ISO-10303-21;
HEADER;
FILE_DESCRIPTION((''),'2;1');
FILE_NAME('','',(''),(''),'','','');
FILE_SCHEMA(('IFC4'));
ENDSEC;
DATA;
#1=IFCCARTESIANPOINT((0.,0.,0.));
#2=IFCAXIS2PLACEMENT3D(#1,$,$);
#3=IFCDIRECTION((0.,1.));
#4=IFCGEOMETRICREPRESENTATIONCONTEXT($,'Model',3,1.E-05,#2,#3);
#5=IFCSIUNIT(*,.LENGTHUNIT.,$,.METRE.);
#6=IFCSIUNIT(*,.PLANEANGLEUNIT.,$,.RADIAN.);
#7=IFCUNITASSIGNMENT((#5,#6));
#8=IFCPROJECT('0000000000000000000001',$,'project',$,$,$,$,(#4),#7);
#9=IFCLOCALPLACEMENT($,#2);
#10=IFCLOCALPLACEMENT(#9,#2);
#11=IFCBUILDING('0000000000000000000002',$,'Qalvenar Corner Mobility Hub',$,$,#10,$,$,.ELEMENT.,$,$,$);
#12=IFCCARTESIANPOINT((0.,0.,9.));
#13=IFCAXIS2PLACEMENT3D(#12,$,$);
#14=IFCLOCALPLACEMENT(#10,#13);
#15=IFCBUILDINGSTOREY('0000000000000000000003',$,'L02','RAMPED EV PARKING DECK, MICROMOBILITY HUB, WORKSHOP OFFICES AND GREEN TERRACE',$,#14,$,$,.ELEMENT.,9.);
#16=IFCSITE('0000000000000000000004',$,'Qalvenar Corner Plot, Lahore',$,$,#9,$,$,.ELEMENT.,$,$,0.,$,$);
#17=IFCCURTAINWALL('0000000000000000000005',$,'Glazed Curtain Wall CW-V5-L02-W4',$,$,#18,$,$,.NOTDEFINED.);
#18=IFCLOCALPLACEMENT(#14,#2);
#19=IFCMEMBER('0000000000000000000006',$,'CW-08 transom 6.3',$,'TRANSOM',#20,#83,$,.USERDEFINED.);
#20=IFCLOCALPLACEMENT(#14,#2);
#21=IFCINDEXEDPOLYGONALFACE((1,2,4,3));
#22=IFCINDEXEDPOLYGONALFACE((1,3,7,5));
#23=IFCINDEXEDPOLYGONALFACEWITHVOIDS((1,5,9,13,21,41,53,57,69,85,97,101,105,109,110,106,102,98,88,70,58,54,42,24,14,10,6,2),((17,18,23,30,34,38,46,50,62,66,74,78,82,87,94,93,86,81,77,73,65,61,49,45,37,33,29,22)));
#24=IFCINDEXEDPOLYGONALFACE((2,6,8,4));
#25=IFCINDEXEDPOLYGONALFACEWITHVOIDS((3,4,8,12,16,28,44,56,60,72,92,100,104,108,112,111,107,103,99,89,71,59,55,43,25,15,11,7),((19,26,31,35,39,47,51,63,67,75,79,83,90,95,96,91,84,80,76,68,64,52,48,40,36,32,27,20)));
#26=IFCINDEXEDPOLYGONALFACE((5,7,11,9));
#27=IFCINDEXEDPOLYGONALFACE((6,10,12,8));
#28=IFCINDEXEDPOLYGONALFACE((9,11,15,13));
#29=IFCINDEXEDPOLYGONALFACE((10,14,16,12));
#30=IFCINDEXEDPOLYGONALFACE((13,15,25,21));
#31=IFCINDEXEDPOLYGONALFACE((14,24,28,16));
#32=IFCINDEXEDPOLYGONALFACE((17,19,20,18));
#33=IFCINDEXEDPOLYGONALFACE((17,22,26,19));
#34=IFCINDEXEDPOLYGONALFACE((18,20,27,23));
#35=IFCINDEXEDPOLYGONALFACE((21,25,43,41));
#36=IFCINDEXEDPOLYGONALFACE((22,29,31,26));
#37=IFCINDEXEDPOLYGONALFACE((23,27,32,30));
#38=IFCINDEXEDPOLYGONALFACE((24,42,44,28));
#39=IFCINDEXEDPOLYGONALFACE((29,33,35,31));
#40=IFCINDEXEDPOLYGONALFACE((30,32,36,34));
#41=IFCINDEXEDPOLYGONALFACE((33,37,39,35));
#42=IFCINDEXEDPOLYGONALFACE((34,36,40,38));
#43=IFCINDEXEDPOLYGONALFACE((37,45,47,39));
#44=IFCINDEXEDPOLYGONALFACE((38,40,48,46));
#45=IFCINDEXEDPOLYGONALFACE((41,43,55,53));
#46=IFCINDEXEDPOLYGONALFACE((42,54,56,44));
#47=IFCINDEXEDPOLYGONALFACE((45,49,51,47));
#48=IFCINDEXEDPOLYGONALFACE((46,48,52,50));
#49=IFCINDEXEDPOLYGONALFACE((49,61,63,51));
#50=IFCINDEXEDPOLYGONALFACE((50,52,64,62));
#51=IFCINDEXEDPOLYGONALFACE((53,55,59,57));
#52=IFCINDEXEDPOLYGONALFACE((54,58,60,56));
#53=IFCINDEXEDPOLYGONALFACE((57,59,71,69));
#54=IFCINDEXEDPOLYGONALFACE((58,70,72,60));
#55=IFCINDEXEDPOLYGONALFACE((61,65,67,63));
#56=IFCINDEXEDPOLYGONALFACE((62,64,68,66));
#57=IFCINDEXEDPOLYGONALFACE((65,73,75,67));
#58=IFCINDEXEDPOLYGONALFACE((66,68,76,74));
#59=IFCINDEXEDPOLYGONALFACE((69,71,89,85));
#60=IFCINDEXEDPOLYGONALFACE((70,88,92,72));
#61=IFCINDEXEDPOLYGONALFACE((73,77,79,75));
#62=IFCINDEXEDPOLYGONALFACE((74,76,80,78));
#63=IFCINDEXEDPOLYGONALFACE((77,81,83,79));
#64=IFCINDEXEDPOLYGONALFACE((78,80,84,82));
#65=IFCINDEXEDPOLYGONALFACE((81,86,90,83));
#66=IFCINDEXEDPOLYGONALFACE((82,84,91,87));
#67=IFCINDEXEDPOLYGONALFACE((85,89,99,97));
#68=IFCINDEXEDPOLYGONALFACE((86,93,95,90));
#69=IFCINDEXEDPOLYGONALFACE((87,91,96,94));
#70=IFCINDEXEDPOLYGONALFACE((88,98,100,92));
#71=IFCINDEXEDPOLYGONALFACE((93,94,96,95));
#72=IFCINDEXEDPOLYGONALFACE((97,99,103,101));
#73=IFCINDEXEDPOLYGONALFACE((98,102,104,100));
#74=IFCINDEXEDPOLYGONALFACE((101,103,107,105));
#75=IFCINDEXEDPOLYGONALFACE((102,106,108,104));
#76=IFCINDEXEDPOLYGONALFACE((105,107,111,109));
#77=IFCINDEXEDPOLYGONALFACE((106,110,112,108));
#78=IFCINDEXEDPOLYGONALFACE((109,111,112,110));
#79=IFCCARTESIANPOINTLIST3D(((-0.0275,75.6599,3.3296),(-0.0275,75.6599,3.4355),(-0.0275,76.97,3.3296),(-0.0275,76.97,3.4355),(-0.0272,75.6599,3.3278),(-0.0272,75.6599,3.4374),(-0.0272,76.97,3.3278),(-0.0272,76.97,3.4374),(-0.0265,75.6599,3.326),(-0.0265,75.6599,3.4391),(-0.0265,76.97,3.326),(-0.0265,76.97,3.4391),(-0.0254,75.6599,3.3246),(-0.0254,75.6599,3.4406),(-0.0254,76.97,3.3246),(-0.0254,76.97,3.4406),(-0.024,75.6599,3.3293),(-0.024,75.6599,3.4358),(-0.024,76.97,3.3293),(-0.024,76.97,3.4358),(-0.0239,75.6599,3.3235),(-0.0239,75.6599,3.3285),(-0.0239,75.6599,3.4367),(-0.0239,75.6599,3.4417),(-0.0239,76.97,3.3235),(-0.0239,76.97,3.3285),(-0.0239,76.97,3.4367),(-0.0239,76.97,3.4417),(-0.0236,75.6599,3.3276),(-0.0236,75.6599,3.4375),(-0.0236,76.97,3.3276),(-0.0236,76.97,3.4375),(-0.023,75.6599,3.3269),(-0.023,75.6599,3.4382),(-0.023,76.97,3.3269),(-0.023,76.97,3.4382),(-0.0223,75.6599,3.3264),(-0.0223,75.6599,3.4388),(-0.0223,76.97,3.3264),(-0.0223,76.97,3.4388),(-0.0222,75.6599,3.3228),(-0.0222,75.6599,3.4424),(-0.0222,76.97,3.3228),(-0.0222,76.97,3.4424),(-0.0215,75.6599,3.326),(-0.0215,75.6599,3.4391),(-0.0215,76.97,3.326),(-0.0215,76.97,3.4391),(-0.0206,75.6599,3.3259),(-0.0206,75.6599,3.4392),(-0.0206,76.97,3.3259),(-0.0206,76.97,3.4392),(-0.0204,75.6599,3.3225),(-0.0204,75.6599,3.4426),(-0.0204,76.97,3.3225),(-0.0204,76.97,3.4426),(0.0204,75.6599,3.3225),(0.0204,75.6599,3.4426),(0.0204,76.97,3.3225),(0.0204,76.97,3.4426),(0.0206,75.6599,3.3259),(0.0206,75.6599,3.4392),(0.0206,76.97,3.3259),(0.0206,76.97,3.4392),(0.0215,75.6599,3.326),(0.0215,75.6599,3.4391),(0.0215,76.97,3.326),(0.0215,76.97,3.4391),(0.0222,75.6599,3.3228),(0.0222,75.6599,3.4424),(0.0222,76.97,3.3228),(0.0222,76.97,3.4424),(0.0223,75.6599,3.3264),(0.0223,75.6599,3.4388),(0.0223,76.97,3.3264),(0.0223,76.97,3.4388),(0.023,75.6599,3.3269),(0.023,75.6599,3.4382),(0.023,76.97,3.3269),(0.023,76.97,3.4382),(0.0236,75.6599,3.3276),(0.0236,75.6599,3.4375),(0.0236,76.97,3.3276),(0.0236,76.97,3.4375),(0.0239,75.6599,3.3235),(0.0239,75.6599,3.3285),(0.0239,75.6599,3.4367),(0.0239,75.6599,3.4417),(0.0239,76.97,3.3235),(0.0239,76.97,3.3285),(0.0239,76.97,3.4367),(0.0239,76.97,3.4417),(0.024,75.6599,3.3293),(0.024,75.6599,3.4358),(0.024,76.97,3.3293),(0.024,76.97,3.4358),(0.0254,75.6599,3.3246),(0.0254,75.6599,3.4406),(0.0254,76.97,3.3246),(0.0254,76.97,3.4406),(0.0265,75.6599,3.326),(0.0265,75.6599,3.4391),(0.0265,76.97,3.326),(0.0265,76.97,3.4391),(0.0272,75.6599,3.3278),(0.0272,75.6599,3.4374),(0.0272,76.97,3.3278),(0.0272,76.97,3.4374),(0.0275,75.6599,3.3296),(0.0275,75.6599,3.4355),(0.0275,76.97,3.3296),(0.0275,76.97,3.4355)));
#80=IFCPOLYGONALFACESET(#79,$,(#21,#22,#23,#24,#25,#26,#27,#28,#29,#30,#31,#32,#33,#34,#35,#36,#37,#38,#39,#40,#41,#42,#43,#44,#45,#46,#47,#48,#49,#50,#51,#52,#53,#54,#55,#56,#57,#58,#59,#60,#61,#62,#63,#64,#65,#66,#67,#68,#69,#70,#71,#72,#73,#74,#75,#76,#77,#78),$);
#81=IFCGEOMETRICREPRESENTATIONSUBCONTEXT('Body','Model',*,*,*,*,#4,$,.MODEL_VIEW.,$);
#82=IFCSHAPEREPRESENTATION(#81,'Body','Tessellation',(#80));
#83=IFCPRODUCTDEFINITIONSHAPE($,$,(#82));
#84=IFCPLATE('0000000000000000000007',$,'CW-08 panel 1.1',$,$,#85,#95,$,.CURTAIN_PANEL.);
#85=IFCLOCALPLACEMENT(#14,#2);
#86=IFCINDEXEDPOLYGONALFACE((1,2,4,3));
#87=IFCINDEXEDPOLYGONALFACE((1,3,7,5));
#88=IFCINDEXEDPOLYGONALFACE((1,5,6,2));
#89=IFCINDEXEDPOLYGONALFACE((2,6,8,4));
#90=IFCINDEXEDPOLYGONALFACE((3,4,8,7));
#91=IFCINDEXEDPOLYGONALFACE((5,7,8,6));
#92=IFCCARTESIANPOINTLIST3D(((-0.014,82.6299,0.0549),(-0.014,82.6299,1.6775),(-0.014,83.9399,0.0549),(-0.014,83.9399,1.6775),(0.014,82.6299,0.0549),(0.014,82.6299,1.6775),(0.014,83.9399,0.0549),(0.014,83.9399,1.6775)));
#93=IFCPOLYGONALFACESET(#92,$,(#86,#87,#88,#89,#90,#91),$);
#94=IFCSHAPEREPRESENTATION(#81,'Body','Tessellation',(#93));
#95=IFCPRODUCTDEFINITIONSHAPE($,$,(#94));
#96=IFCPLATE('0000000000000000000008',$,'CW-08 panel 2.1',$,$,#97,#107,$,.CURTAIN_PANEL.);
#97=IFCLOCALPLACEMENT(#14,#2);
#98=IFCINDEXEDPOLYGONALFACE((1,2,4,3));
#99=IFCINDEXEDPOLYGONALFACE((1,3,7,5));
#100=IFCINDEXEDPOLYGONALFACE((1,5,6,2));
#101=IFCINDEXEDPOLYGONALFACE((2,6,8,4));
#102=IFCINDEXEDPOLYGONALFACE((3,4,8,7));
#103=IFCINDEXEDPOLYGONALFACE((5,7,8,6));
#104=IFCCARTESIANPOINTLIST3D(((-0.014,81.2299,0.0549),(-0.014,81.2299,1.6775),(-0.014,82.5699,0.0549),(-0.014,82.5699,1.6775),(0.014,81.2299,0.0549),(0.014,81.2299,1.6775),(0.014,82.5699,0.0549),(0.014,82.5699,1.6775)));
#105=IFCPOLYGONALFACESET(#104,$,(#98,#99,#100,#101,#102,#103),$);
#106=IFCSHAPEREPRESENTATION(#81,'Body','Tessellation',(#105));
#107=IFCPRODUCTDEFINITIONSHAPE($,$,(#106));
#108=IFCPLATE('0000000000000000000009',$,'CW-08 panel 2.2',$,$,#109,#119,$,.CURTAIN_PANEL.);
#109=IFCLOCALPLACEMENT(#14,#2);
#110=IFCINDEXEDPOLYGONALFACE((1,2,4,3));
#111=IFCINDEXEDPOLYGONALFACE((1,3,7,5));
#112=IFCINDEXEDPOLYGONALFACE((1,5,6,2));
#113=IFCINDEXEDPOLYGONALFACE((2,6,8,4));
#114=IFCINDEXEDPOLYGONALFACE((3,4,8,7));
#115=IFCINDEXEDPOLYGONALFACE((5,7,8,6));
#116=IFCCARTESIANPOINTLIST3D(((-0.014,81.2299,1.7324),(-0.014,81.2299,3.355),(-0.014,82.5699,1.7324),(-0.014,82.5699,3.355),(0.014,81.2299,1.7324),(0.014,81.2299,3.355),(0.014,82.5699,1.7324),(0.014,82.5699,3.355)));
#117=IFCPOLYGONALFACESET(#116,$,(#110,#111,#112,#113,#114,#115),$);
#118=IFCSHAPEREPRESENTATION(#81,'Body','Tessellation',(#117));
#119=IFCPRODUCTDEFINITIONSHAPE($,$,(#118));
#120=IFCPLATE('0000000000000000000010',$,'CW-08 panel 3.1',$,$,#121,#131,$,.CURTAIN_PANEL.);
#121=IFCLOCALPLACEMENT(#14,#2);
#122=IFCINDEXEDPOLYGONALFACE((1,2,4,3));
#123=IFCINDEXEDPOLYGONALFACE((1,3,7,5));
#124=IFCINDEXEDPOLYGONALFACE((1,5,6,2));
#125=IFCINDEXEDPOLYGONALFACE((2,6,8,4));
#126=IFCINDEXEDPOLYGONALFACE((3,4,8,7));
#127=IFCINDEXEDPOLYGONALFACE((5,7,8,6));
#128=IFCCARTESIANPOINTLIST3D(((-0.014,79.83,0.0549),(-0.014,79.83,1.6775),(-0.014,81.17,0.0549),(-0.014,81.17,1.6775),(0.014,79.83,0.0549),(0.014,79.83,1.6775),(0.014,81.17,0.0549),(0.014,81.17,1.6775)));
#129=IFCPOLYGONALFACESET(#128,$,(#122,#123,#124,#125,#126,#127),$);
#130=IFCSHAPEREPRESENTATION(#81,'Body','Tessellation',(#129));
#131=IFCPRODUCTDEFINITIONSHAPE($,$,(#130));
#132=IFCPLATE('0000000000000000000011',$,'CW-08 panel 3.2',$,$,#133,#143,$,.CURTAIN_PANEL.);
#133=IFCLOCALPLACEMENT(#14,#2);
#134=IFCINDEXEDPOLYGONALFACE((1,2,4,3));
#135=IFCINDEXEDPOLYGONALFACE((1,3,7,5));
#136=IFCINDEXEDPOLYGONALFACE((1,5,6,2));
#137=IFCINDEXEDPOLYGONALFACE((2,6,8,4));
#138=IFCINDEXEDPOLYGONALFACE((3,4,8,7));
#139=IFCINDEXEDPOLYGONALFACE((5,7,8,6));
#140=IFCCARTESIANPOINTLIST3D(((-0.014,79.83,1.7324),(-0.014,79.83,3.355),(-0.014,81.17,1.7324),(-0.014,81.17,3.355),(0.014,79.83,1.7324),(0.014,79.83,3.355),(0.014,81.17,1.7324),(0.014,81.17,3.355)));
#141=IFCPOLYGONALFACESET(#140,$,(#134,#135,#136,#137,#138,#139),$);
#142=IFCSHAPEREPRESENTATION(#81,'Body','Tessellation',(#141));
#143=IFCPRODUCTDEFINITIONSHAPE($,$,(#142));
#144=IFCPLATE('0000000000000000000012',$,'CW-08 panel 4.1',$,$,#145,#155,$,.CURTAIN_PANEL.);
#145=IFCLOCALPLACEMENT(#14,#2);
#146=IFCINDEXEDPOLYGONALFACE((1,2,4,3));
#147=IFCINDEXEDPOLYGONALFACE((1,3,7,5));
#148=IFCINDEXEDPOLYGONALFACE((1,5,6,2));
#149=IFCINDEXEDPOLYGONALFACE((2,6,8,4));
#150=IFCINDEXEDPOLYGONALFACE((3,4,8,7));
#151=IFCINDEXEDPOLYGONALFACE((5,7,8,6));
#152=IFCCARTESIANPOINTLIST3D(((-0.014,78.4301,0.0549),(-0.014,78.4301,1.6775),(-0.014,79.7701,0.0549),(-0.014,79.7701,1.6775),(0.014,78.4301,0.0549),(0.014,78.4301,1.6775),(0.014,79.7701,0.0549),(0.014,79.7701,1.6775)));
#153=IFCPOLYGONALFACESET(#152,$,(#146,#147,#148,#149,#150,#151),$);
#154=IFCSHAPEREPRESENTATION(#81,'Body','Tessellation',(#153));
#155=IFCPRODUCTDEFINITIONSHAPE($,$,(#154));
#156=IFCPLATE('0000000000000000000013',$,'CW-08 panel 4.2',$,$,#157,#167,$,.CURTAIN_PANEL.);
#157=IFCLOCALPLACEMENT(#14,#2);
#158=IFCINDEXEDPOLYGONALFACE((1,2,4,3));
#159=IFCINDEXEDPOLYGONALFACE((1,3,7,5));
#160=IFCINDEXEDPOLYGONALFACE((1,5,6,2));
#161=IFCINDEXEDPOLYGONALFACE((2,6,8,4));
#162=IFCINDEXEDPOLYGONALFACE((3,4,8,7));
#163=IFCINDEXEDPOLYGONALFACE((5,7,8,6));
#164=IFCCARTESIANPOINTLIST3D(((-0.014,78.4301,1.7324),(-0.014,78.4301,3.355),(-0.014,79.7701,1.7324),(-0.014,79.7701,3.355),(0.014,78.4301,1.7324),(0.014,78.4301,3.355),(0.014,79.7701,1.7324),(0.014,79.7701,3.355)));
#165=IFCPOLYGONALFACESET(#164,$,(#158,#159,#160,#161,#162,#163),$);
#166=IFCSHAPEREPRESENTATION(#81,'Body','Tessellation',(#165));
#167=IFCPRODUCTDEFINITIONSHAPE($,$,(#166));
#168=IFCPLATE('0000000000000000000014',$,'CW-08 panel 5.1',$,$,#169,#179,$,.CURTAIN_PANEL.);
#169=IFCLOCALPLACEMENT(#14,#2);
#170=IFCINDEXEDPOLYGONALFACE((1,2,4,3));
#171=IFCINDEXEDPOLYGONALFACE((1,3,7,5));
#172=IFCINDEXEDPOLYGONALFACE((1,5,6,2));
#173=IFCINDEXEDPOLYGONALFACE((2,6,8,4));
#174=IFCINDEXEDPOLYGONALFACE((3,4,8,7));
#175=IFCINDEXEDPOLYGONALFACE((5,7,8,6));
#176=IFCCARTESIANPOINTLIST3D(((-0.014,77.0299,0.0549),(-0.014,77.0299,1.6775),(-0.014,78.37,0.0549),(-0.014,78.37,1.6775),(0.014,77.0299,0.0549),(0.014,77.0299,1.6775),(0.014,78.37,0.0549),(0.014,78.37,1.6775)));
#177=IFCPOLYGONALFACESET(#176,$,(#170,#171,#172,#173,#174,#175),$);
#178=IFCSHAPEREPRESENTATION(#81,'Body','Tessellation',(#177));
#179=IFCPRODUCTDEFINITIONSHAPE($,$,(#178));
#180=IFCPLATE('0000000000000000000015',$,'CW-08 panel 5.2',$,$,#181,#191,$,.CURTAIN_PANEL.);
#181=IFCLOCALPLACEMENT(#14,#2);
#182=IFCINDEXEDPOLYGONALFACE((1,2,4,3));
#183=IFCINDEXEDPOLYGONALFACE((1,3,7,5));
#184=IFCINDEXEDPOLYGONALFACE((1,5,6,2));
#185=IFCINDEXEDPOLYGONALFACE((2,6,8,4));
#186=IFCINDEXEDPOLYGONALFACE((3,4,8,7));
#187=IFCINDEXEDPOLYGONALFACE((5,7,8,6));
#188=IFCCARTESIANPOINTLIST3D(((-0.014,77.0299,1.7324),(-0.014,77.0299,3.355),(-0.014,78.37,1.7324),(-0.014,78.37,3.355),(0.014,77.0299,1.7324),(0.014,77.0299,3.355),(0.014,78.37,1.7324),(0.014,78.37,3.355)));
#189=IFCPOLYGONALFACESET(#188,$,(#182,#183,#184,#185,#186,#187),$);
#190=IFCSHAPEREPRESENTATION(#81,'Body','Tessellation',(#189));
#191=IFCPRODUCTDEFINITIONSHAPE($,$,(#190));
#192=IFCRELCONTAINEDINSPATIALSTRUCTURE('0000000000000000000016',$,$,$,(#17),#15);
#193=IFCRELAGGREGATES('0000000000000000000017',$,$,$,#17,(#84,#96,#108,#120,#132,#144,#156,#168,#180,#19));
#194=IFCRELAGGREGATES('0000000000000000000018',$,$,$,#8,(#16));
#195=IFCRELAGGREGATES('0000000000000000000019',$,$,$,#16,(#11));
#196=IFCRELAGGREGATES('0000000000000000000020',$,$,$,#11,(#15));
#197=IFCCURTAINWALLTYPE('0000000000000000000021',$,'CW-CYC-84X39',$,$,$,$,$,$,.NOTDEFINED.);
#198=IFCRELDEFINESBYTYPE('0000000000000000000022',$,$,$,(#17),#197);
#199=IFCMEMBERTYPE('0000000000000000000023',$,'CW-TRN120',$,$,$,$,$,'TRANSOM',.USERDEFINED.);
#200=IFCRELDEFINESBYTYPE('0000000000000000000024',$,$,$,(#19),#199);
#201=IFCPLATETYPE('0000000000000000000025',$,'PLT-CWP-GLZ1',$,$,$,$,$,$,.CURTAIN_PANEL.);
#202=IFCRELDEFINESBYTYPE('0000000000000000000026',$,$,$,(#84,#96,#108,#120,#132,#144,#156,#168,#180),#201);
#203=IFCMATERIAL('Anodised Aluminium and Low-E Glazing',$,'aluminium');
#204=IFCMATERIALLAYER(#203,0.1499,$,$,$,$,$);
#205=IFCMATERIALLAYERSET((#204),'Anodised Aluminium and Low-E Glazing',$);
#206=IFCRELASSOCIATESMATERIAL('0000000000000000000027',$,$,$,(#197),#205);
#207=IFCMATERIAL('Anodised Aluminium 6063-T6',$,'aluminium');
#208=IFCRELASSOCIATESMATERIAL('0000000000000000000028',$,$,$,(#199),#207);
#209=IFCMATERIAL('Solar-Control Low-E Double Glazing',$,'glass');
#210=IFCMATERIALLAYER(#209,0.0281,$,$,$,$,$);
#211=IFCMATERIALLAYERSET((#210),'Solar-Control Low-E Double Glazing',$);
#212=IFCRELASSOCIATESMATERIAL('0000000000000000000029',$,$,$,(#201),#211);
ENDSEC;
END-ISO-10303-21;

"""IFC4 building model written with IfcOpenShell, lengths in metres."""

from ifc_helpers import new_model, si_unit, direction, frame, origin, origin_2d, place, context, subcontext, project, spatial, rectangle, hollow_rectangle, extrude, material, layer, layer_set, material_profile, profile_set, type_object, element, aggregate, save


model = new_model("IFC4")

# Units and contexts
model_context = context("Model", 3, precision=1e-05, world=origin(), true_north=direction((0.0, 1.0)))
body_context = subcontext(model_context, "Body", "Model", "MODEL_VIEW")
ifc_project = project(units=[si_unit("LENGTHUNIT", "METRE"), si_unit("PLANEANGLEUNIT", "RADIAN")], contexts=[model_context])

# Site, building, storey
site_placement = place(None, origin())
site = spatial("IfcSite", under=ifc_project, at=site_placement, Name="Qalvenar Corner Plot, Lahore", CompositionType="ELEMENT", RefElevation=0.0)
building_placement = place(site_placement, origin())
building = spatial("IfcBuilding", under=site, at=building_placement, Name="Qalvenar Corner Mobility Hub", CompositionType="ELEMENT")
storey_placement = place(building_placement, frame((0.0, 0.0, 9.0)))
storey = spatial("IfcBuildingStorey", under=building, at=storey_placement, Name="L02", Description="RAMPED EV PARKING DECK, MICROMOBILITY HUB, WORKSHOP OFFICES AND GREEN TERRACE", CompositionType="ELEMENT", Elevation=9.0)

# Curtain wall, member, plates
ifc_material_1 = material(Name="Anodised Aluminium and Low-E Glazing", Category="aluminium")
ifc_layer_1 = layer(ifc_material_1, 0.1499)
ifc_layer_set_1 = layer_set([ifc_layer_1], Name="Anodised Aluminium and Low-E Glazing")
curtain_wall_type = type_object("IfcCurtainWallType", Name="CW-CYC-84X39", PredefinedType="NOTDEFINED", material=ifc_layer_set_1)
curtain_wall_placement = place(storey_placement, origin())
curtain_wall = element("IfcCurtainWall", 1, at=curtain_wall_placement, inside=storey, type_object=curtain_wall_type, Name="Glazed Curtain Wall CW-V5-L02-W4", PredefinedType="NOTDEFINED")
ifc_material_2 = material(Name="Anodised Aluminium 6063-T6", Category="aluminium")
ifc_material_profile_1 = material_profile(ifc_material_2, hollow_rectangle(XDim=0.0549, YDim=0.1201, WallThickness=0.0034, InnerFilletRadius=0.0034, OuterFilletRadius=0.0071, at=origin_2d()), Name="RHS120x55x3.5")
ifc_profile_set_1 = profile_set([ifc_material_profile_1], Name="Anodised Aluminium 6063-T6")
member_type_1 = type_object("IfcMemberType", Name="CW-TRN120", ElementType="TRANSOM", PredefinedType="USERDEFINED", material=ifc_profile_set_1)
member_1_placement = place(storey_placement, frame((0.0, 76.97, 3.3826), z_axis=(0.0, -1.0, 0.0), x_axis=(1.0, 0.0, 0.0)))
member_1 = element("IfcMember", 2, at=member_1_placement, type_object=member_type_1, Name="CW-08 transom 6.3", ObjectType="TRANSOM", PredefinedType="USERDEFINED", context=body_context, shape_type="SweptSolid", body=[
    extrude(hollow_rectangle(XDim=0.0549, YDim=0.1201, WallThickness=0.0034, InnerFilletRadius=0.0034, OuterFilletRadius=0.0071, at=origin_2d()), origin(), (0.0, 0.0, 1.0), 1.3101),
])
ifc_material_3 = material(Name="Solar-Control Low-E Double Glazing", Category="glass")
ifc_layer_2 = layer(ifc_material_3, 0.0281)
ifc_layer_set_2 = layer_set([ifc_layer_2], Name="Solar-Control Low-E Double Glazing")
plate_type = type_object("IfcPlateType", Name="PLT-CWP-GLZ1", PredefinedType="CURTAIN_PANEL", material=ifc_layer_set_2)
plate_1_placement = place(storey_placement, frame((0.0, 83.2849, 0.0549), z_axis=(0.0, 0.0, 1.0), x_axis=(0.0, -1.0, 0.0)))
plate_1 = element("IfcPlate", 3, at=plate_1_placement, type_object=plate_type, Name="CW-08 panel 1.1", PredefinedType="CURTAIN_PANEL", context=body_context, shape_type="SweptSolid", body=[
    extrude(rectangle(XDim=1.3101, YDim=0.0281, at=origin_2d()), origin(), (0.0, 0.0, 1.0), 1.6226),
])
plate_2_placement = place(storey_placement, frame((0.0, 81.8999, 0.0549), z_axis=(0.0, 0.0, 1.0), x_axis=(0.0, -1.0, 0.0)))
plate_2 = element("IfcPlate", 4, at=plate_2_placement, type_object=plate_type, Name="CW-08 panel 2.1", PredefinedType="CURTAIN_PANEL", context=body_context, shape_type="SweptSolid", body=[
    extrude(rectangle(XDim=1.3401, YDim=0.0281, at=origin_2d()), origin(), (0.0, 0.0, 1.0), 1.6226),
])
plate_3_placement = place(storey_placement, frame((0.0, 81.8999, 1.7324), z_axis=(0.0, 0.0, 1.0), x_axis=(0.0, -1.0, 0.0)))
plate_3 = element("IfcPlate", 5, at=plate_3_placement, type_object=plate_type, Name="CW-08 panel 2.2", PredefinedType="CURTAIN_PANEL", context=body_context, shape_type="SweptSolid", body=[
    extrude(rectangle(XDim=1.3401, YDim=0.0281, at=origin_2d()), origin(), (0.0, 0.0, 1.0), 1.6226),
])
plate_4_placement = place(storey_placement, frame((0.0, 80.5, 0.0549), z_axis=(0.0, 0.0, 1.0), x_axis=(0.0, -1.0, 0.0)))
plate_4 = element("IfcPlate", 6, at=plate_4_placement, type_object=plate_type, Name="CW-08 panel 3.1", PredefinedType="CURTAIN_PANEL", context=body_context, shape_type="SweptSolid", body=[
    extrude(rectangle(XDim=1.3401, YDim=0.0281, at=origin_2d()), origin(), (0.0, 0.0, 1.0), 1.6226),
])
plate_5_placement = place(storey_placement, frame((0.0, 80.5, 1.7324), z_axis=(0.0, 0.0, 1.0), x_axis=(0.0, -1.0, 0.0)))
plate_5 = element("IfcPlate", 7, at=plate_5_placement, type_object=plate_type, Name="CW-08 panel 3.2", PredefinedType="CURTAIN_PANEL", context=body_context, shape_type="SweptSolid", body=[
    extrude(rectangle(XDim=1.3401, YDim=0.0281, at=origin_2d()), origin(), (0.0, 0.0, 1.0), 1.6226),
])
plate_6_placement = place(storey_placement, frame((0.0, 79.1001, 0.0549), z_axis=(0.0, 0.0, 1.0), x_axis=(0.0, -1.0, 0.0)))
plate_6 = element("IfcPlate", 8, at=plate_6_placement, type_object=plate_type, Name="CW-08 panel 4.1", PredefinedType="CURTAIN_PANEL", context=body_context, shape_type="SweptSolid", body=[
    extrude(rectangle(XDim=1.3401, YDim=0.0281, at=origin_2d()), origin(), (0.0, 0.0, 1.0), 1.6226),
])
plate_7_placement = place(storey_placement, frame((0.0, 79.1001, 1.7324), z_axis=(0.0, 0.0, 1.0), x_axis=(0.0, -1.0, 0.0)))
plate_7 = element("IfcPlate", 9, at=plate_7_placement, type_object=plate_type, Name="CW-08 panel 4.2", PredefinedType="CURTAIN_PANEL", context=body_context, shape_type="SweptSolid", body=[
    extrude(rectangle(XDim=1.3401, YDim=0.0281, at=origin_2d()), origin(), (0.0, 0.0, 1.0), 1.6226),
])
plate_8_placement = place(storey_placement, frame((0.0, 77.7, 0.0549), z_axis=(0.0, 0.0, 1.0), x_axis=(0.0, -1.0, 0.0)))
plate_8 = element("IfcPlate", 10, at=plate_8_placement, type_object=plate_type, Name="CW-08 panel 5.1", PredefinedType="CURTAIN_PANEL", context=body_context, shape_type="SweptSolid", body=[
    extrude(rectangle(XDim=1.3401, YDim=0.0281, at=origin_2d()), origin(), (0.0, 0.0, 1.0), 1.6226),
])
plate_9_placement = place(storey_placement, frame((0.0, 77.7, 1.7324), z_axis=(0.0, 0.0, 1.0), x_axis=(0.0, -1.0, 0.0)))
plate_9 = element("IfcPlate", 11, at=plate_9_placement, type_object=plate_type, Name="CW-08 panel 5.2", PredefinedType="CURTAIN_PANEL", context=body_context, shape_type="SweptSolid", body=[
    extrude(rectangle(XDim=1.3401, YDim=0.0281, at=origin_2d()), origin(), (0.0, 0.0, 1.0), 1.6226),
])
aggregate(curtain_wall, [plate_1, plate_2, plate_3, plate_4, plate_5, plate_6, plate_7, plate_8, plate_9, member_1])

save(model, "model.ifc")
